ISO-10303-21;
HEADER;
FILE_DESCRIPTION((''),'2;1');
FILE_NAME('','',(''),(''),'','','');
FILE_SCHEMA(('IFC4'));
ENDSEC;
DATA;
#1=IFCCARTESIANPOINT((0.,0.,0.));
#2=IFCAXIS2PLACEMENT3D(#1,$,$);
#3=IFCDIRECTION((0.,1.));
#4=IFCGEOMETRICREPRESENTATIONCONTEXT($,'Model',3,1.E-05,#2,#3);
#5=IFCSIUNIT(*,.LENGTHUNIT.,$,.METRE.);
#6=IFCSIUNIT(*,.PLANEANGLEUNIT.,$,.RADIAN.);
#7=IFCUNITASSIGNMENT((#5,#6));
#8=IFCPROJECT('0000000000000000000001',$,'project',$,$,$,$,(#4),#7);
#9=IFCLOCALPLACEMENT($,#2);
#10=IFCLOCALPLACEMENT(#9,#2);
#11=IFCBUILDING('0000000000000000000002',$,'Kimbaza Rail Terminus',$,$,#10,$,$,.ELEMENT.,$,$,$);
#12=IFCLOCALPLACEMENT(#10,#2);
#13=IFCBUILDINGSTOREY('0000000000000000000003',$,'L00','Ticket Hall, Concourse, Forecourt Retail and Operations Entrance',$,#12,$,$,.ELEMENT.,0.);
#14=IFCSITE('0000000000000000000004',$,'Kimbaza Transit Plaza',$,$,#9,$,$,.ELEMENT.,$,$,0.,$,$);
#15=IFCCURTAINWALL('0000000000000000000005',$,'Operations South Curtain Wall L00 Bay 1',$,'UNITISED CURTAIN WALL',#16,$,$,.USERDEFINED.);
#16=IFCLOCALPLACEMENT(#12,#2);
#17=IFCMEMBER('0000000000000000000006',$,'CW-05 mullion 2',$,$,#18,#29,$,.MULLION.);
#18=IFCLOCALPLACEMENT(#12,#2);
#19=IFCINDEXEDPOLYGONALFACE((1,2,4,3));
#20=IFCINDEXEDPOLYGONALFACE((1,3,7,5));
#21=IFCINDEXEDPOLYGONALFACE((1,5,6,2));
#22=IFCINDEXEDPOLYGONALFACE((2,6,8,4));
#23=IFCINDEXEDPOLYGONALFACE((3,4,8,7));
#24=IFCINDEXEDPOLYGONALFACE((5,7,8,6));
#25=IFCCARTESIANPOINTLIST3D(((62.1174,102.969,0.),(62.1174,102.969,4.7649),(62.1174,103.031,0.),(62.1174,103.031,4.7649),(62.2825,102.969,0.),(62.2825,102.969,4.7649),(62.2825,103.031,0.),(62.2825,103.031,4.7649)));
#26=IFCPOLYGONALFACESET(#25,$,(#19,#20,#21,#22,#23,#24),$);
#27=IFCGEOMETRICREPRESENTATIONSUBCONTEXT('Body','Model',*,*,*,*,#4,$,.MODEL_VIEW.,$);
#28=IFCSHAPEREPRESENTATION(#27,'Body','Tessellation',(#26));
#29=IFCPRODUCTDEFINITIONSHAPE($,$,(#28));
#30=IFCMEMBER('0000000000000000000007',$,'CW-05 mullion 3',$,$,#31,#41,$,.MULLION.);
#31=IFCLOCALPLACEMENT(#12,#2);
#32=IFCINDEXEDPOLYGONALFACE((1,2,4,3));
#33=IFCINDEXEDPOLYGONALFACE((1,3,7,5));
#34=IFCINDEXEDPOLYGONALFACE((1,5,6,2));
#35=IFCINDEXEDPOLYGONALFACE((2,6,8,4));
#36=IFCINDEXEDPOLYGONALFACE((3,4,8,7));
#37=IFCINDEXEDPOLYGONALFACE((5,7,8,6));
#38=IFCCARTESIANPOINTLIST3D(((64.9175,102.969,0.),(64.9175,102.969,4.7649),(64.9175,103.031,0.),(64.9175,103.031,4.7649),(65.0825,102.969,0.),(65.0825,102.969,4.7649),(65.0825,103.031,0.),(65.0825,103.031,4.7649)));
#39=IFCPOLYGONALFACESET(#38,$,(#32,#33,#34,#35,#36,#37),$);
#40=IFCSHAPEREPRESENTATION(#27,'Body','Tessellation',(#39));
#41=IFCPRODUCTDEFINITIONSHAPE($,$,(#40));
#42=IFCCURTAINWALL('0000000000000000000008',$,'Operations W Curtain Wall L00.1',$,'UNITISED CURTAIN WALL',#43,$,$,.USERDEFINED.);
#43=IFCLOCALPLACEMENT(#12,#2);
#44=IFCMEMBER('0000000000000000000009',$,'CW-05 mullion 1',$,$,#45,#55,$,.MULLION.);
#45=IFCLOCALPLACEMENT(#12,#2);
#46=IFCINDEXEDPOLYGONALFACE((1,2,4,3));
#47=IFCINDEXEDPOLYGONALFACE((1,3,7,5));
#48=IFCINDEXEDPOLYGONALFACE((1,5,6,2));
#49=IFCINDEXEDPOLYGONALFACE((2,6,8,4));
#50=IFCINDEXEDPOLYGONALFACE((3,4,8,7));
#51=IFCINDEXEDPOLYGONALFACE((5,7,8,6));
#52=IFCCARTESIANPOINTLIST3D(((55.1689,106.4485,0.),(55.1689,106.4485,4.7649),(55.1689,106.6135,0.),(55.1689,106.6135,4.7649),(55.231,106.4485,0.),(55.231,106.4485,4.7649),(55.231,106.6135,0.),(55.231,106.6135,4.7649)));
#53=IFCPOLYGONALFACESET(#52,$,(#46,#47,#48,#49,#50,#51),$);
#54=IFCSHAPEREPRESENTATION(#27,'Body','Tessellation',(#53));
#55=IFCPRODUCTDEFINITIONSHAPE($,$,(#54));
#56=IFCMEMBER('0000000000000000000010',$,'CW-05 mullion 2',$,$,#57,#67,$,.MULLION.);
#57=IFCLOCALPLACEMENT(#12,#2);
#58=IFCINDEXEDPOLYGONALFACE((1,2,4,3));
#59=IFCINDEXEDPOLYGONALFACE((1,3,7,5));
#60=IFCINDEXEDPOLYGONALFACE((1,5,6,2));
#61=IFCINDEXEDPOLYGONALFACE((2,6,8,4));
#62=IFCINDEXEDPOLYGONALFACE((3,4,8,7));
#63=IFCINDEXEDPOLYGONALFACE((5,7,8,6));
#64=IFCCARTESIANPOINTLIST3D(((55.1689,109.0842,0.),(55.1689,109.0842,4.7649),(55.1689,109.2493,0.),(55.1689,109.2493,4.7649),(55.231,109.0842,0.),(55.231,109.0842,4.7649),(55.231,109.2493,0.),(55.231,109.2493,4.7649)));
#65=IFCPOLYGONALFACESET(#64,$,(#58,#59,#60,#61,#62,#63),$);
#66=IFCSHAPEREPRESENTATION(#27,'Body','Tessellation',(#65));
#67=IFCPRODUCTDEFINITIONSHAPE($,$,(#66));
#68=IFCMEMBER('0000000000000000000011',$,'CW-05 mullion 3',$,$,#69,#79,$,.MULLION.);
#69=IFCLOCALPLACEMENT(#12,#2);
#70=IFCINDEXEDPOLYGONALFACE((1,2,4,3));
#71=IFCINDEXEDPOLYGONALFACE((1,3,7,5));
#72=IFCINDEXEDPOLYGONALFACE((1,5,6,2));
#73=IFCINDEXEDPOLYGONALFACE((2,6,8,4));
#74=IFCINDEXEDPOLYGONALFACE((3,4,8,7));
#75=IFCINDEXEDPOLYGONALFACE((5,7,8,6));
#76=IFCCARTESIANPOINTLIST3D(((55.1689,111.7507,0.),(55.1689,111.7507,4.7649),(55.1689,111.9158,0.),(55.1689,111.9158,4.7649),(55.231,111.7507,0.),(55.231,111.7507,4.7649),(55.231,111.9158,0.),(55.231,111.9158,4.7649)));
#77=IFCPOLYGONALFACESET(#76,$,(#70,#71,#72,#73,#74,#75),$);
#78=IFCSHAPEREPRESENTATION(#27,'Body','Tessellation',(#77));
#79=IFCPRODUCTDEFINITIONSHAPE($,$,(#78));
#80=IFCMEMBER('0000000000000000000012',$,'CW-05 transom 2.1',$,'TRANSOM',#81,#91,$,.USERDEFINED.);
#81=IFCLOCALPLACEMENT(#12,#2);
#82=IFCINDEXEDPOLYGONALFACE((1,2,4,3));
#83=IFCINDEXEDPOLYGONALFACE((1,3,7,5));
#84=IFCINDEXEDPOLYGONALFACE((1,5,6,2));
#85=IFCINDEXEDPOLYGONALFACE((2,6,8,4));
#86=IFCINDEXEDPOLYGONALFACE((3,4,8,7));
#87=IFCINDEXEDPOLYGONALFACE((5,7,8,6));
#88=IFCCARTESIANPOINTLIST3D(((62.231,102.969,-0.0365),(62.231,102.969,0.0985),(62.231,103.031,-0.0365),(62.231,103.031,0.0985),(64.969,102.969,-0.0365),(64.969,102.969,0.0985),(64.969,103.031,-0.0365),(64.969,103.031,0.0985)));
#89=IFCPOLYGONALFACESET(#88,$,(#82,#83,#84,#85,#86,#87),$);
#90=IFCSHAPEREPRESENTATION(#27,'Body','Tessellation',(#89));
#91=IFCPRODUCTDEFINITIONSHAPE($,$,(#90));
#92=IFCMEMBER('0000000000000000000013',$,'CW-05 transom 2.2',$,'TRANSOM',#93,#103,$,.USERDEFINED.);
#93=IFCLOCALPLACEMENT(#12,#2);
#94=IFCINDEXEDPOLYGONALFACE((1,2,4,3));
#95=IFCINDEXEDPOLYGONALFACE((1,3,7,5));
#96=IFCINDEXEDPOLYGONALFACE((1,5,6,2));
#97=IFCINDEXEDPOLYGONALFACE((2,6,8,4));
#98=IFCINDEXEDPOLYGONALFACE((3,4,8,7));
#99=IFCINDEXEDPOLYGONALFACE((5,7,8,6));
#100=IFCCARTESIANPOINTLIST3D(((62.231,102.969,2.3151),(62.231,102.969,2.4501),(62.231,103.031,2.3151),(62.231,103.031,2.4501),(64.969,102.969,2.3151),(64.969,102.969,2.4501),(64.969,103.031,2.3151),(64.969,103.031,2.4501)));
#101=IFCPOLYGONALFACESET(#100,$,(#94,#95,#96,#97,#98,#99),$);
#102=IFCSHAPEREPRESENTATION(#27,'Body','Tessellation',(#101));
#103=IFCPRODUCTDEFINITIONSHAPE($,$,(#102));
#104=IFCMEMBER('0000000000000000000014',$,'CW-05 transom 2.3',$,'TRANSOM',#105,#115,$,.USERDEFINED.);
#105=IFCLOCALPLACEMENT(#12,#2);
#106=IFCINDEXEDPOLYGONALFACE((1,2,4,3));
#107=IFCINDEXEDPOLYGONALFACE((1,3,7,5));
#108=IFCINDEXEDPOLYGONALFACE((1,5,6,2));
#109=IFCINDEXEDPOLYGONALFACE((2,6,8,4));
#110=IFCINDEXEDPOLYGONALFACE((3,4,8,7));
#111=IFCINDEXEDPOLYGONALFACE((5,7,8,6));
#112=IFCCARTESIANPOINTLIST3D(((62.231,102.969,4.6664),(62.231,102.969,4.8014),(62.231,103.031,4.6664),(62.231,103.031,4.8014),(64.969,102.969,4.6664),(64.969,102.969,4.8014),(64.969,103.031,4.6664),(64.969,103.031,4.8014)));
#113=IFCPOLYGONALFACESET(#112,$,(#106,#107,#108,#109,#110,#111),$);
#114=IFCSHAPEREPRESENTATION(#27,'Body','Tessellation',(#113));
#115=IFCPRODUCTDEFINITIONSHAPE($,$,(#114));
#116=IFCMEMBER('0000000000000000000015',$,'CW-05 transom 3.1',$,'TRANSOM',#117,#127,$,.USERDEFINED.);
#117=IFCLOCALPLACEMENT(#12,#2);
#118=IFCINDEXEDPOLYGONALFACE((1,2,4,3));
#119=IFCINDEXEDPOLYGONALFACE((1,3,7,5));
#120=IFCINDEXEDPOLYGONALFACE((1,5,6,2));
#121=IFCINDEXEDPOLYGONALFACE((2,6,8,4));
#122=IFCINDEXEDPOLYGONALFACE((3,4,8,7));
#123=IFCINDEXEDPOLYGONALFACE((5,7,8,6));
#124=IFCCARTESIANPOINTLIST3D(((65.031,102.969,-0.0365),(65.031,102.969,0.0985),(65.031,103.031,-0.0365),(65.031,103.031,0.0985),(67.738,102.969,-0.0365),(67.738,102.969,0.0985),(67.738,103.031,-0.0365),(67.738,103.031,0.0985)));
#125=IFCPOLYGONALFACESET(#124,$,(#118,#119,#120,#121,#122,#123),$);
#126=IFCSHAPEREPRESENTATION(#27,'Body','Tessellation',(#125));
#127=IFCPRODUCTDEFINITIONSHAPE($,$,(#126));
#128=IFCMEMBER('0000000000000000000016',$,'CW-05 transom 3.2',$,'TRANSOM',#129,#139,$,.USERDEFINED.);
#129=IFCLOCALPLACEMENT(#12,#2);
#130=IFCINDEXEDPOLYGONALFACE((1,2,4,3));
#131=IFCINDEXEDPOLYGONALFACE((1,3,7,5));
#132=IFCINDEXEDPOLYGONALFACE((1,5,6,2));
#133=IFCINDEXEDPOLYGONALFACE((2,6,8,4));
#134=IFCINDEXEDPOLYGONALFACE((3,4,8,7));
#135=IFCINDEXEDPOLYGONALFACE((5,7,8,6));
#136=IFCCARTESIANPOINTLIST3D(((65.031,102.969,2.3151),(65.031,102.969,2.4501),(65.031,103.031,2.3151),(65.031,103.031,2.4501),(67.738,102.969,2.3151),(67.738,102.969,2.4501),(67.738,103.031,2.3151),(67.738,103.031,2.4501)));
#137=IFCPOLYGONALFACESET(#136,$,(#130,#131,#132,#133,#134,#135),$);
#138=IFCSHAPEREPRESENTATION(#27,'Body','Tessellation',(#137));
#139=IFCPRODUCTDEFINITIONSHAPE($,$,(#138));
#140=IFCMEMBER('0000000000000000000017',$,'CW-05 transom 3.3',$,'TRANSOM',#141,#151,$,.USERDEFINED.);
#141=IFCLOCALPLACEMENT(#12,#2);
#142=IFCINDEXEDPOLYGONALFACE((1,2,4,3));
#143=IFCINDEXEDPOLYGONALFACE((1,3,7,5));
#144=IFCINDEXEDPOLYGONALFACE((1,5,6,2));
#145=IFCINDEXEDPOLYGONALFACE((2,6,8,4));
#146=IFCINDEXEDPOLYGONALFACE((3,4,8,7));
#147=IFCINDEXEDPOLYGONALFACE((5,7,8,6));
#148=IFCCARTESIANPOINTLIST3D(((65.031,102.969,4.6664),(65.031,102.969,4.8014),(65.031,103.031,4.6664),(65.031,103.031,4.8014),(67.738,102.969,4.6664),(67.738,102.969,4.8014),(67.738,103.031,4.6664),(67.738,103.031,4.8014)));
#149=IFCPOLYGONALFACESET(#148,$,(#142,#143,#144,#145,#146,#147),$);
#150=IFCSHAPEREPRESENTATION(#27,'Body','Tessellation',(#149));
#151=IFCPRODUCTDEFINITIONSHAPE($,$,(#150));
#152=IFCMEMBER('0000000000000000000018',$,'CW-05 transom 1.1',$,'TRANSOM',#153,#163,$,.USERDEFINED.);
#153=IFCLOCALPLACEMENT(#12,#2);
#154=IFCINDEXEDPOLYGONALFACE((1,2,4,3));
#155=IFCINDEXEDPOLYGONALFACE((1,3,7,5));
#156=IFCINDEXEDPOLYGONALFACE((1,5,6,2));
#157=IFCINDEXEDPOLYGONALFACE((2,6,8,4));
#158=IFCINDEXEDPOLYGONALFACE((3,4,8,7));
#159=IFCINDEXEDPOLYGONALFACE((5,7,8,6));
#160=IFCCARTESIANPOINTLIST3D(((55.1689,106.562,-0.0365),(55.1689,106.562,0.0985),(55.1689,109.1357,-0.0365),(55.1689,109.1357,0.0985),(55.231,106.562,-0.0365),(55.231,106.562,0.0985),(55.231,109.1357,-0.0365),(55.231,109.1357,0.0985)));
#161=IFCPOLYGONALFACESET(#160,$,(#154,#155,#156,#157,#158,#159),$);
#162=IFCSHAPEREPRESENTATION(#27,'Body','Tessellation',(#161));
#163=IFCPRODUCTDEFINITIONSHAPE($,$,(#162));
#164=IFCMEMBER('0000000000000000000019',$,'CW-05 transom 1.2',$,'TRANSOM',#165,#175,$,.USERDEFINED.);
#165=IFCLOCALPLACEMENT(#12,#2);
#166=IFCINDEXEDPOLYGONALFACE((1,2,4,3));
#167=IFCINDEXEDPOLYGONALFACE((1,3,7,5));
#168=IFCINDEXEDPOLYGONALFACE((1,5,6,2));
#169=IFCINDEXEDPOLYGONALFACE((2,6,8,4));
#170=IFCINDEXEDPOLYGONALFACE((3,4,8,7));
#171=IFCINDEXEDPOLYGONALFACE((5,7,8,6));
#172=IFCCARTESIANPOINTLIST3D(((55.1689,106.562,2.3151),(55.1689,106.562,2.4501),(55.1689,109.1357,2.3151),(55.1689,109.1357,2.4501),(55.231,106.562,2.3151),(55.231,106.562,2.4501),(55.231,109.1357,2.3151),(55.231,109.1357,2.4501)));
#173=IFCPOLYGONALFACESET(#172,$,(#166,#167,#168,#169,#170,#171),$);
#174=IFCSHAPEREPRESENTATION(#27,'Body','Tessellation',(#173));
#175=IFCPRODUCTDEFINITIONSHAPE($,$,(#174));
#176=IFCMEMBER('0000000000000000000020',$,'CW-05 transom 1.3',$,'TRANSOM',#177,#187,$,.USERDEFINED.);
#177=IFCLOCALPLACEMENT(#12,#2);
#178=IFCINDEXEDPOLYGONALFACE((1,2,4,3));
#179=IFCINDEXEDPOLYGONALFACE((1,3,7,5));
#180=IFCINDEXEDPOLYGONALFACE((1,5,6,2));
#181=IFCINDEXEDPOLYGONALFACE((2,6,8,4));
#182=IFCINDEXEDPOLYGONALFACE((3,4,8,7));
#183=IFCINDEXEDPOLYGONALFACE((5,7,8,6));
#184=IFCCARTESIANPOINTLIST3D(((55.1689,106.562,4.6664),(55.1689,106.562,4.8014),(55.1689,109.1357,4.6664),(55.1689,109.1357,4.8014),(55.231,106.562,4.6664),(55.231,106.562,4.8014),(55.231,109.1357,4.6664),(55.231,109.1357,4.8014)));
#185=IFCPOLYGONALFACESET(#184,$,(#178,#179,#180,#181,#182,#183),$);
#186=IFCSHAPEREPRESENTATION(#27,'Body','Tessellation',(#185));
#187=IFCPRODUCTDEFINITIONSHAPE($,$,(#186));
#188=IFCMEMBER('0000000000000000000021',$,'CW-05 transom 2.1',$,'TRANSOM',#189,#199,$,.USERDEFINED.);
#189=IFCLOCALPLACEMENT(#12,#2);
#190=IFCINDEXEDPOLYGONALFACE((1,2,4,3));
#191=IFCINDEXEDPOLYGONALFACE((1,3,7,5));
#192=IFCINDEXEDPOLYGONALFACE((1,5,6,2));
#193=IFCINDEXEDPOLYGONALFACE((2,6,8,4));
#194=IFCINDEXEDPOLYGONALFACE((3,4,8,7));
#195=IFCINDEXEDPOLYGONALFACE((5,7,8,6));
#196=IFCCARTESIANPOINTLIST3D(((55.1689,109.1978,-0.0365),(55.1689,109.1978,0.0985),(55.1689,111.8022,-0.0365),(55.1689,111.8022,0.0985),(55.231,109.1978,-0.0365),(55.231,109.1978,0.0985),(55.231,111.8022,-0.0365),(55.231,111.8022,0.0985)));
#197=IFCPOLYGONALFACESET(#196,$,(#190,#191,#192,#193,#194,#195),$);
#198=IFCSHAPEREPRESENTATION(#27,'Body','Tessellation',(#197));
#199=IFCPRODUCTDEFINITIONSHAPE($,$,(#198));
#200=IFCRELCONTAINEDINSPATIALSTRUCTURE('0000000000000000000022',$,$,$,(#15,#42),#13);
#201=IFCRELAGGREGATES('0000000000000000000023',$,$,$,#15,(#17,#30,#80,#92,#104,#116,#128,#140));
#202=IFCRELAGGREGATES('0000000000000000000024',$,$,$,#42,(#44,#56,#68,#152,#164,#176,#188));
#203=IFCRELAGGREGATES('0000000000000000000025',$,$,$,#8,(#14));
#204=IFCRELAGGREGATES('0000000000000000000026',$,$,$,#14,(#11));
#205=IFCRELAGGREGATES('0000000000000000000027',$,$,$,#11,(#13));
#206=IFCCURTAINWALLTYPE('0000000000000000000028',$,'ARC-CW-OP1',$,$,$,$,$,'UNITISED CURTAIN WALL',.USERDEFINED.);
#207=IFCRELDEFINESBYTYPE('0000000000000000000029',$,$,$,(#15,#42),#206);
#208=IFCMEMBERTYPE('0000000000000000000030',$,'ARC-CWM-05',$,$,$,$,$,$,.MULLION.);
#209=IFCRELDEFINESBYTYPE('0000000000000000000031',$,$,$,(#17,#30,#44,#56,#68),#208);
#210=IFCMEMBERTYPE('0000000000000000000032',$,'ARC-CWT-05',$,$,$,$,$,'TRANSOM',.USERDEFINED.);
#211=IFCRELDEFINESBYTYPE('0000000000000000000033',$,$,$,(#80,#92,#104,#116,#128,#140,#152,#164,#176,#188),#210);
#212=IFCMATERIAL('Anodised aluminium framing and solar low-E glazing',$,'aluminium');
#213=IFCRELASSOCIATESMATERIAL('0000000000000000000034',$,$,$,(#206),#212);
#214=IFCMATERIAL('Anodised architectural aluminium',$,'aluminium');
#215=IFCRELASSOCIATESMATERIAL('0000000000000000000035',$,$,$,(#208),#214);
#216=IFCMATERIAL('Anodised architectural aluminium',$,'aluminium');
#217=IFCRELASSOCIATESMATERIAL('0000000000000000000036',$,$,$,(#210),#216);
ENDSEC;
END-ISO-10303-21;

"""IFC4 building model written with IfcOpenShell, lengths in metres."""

from ifc_helpers import new_model, si_unit, direction, frame, origin, origin_2d, place, context, subcontext, project, spatial, rectangle, extrude, material, material_profile, profile_set, type_object, element, aggregate, save


model = new_model("IFC4")

# Units and contexts
model_context = context("Model", 3, precision=1e-05, world=origin(), true_north=direction((0.0, 1.0)))
body_context = subcontext(model_context, "Body", "Model", "MODEL_VIEW")
ifc_project = project(units=[si_unit("LENGTHUNIT", "METRE"), si_unit("PLANEANGLEUNIT", "RADIAN")], contexts=[model_context])

# Site, building, storey
site_placement = place(None, origin())
site = spatial("IfcSite", under=ifc_project, at=site_placement, Name="Kimbaza Transit Plaza", CompositionType="ELEMENT", RefElevation=0.0)
building_placement = place(site_placement, origin())
building = spatial("IfcBuilding", under=site, at=building_placement, Name="Kimbaza Rail Terminus", CompositionType="ELEMENT")
storey_placement = place(building_placement, origin())
storey = spatial("IfcBuildingStorey", under=building, at=storey_placement, Name="L00", Description="Ticket Hall, Concourse, Forecourt Retail and Operations Entrance", CompositionType="ELEMENT", Elevation=0.0)

# Curtain walls, members
ifc_material_1 = material(Name="Anodised aluminium framing and solar low-E glazing", Category="aluminium")
curtain_wall_type = type_object("IfcCurtainWallType", Name="ARC-CW-OP1", ElementType="UNITISED CURTAIN WALL", PredefinedType="USERDEFINED", material=ifc_material_1)
curtain_wall_1_placement = place(storey_placement, origin())
curtain_wall_1 = element("IfcCurtainWall", 1, at=curtain_wall_1_placement, inside=storey, type_object=curtain_wall_type, Name="Operations South Curtain Wall L00 Bay 1", ObjectType="UNITISED CURTAIN WALL", PredefinedType="USERDEFINED")
ifc_material_2 = material(Name="Anodised architectural aluminium", Category="aluminium")
ifc_material_profile_1 = material_profile(ifc_material_2, rectangle(XDim=0.062, YDim=0.165, at=origin_2d()), Name="MULLION 62x165")
ifc_profile_set_1 = profile_set([ifc_material_profile_1], Name="Anodised architectural aluminium")
member_type_1 = type_object("IfcMemberType", Name="ARC-CWM-05", PredefinedType="MULLION", material=ifc_profile_set_1)
member_1_placement = place(storey_placement, frame((62.2, 103.0, 0.0), z_axis=(0.0, 0.0, 1.0), x_axis=(0.0, 1.0, 0.0)))
member_1 = element("IfcMember", 2, at=member_1_placement, type_object=member_type_1, Name="CW-05 mullion 2", PredefinedType="MULLION", context=body_context, shape_type="SweptSolid", body=[
    extrude(rectangle(XDim=0.062, YDim=0.165, at=origin_2d()), origin(), (0.0, 0.0, 1.0), 4.7649),
])
member_2_placement = place(storey_placement, frame((65.0, 103.0, 0.0), z_axis=(0.0, 0.0, 1.0), x_axis=(0.0, 1.0, 0.0)))
member_2 = element("IfcMember", 3, at=member_2_placement, type_object=member_type_1, Name="CW-05 mullion 3", PredefinedType="MULLION", context=body_context, shape_type="SweptSolid", body=[
    extrude(rectangle(XDim=0.062, YDim=0.165, at=origin_2d()), origin(), (0.0, 0.0, 1.0), 4.7649),
])
curtain_wall_2_placement = place(storey_placement, origin())
curtain_wall_2 = element("IfcCurtainWall", 4, at=curtain_wall_2_placement, inside=storey, type_object=curtain_wall_type, Name="Operations W Curtain Wall L00.1", ObjectType="UNITISED CURTAIN WALL", PredefinedType="USERDEFINED")
member_3_placement = place(storey_placement, frame((55.2, 106.531, 0.0), z_axis=(0.0, 0.0, 1.0), x_axis=(-1.0, 0.0, 0.0)))
member_3 = element("IfcMember", 5, at=member_3_placement, type_object=member_type_1, Name="CW-05 mullion 1", PredefinedType="MULLION", context=body_context, shape_type="SweptSolid", body=[
    extrude(rectangle(XDim=0.062, YDim=0.165, at=origin_2d()), origin(), (0.0, 0.0, 1.0), 4.7649),
])
member_4_placement = place(storey_placement, frame((55.2, 109.1667, 0.0), z_axis=(0.0, 0.0, 1.0), x_axis=(-1.0, 0.0, 0.0)))
member_4 = element("IfcMember", 6, at=member_4_placement, type_object=member_type_1, Name="CW-05 mullion 2", PredefinedType="MULLION", context=body_context, shape_type="SweptSolid", body=[
    extrude(rectangle(XDim=0.062, YDim=0.165, at=origin_2d()), origin(), (0.0, 0.0, 1.0), 4.7649),
])
member_5_placement = place(storey_placement, frame((55.2, 111.8333, 0.0), z_axis=(0.0, 0.0, 1.0), x_axis=(-1.0, 0.0, 0.0)))
member_5 = element("IfcMember", 7, at=member_5_placement, type_object=member_type_1, Name="CW-05 mullion 3", PredefinedType="MULLION", context=body_context, shape_type="SweptSolid", body=[
    extrude(rectangle(XDim=0.062, YDim=0.165, at=origin_2d()), origin(), (0.0, 0.0, 1.0), 4.7649),
])

# Members
ifc_material_3 = material(Name="Anodised architectural aluminium", Category="aluminium")
ifc_material_profile_2 = material_profile(ifc_material_3, rectangle(XDim=0.062, YDim=0.135, at=origin_2d()), Name="TRANSOM 62x135")
ifc_profile_set_2 = profile_set([ifc_material_profile_2], Name="Anodised architectural aluminium")
member_type_2 = type_object("IfcMemberType", Name="ARC-CWT-05", ElementType="TRANSOM", PredefinedType="USERDEFINED", material=ifc_profile_set_2)
member_6_placement = place(storey_placement, frame((62.231, 103.0, 0.031), z_axis=(1.0, 0.0, 0.0), x_axis=(0.0, 1.0, 0.0)))
member_6 = element("IfcMember", 8, at=member_6_placement, type_object=member_type_2, Name="CW-05 transom 2.1", ObjectType="TRANSOM", PredefinedType="USERDEFINED", context=body_context, shape_type="SweptSolid", body=[
    extrude(rectangle(XDim=0.062, YDim=0.135, at=origin_2d()), origin(), (0.0, 0.0, 1.0), 2.738),
])
member_7_placement = place(storey_placement, frame((62.231, 103.0, 2.3826), z_axis=(1.0, 0.0, 0.0), x_axis=(0.0, 1.0, 0.0)))
member_7 = element("IfcMember", 9, at=member_7_placement, type_object=member_type_2, Name="CW-05 transom 2.2", ObjectType="TRANSOM", PredefinedType="USERDEFINED", context=body_context, shape_type="SweptSolid", body=[
    extrude(rectangle(XDim=0.062, YDim=0.135, at=origin_2d()), origin(), (0.0, 0.0, 1.0), 2.738),
])
member_8_placement = place(storey_placement, frame((62.231, 103.0, 4.7339), z_axis=(1.0, 0.0, 0.0), x_axis=(0.0, 1.0, 0.0)))
member_8 = element("IfcMember", 10, at=member_8_placement, type_object=member_type_2, Name="CW-05 transom 2.3", ObjectType="TRANSOM", PredefinedType="USERDEFINED", context=body_context, shape_type="SweptSolid", body=[
    extrude(rectangle(XDim=0.062, YDim=0.135, at=origin_2d()), origin(), (0.0, 0.0, 1.0), 2.738),
])
member_9_placement = place(storey_placement, frame((65.031, 103.0, 0.031), z_axis=(1.0, 0.0, 0.0), x_axis=(0.0, 1.0, 0.0)))
member_9 = element("IfcMember", 11, at=member_9_placement, type_object=member_type_2, Name="CW-05 transom 3.1", ObjectType="TRANSOM", PredefinedType="USERDEFINED", context=body_context, shape_type="SweptSolid", body=[
    extrude(rectangle(XDim=0.062, YDim=0.135, at=origin_2d()), origin(), (0.0, 0.0, 1.0), 2.707),
])
member_10_placement = place(storey_placement, frame((65.031, 103.0, 2.3826), z_axis=(1.0, 0.0, 0.0), x_axis=(0.0, 1.0, 0.0)))
member_10 = element("IfcMember", 12, at=member_10_placement, type_object=member_type_2, Name="CW-05 transom 3.2", ObjectType="TRANSOM", PredefinedType="USERDEFINED", context=body_context, shape_type="SweptSolid", body=[
    extrude(rectangle(XDim=0.062, YDim=0.135, at=origin_2d()), origin(), (0.0, 0.0, 1.0), 2.707),
])
member_11_placement = place(storey_placement, frame((65.031, 103.0, 4.7339), z_axis=(1.0, 0.0, 0.0), x_axis=(0.0, 1.0, 0.0)))
member_11 = element("IfcMember", 13, at=member_11_placement, type_object=member_type_2, Name="CW-05 transom 3.3", ObjectType="TRANSOM", PredefinedType="USERDEFINED", context=body_context, shape_type="SweptSolid", body=[
    extrude(rectangle(XDim=0.062, YDim=0.135, at=origin_2d()), origin(), (0.0, 0.0, 1.0), 2.707),
])
member_12_placement = place(storey_placement, frame((55.2, 106.562, 0.031), z_axis=(0.0, 1.0, 0.0), x_axis=(-1.0, 0.0, 0.0)))
member_12 = element("IfcMember", 14, at=member_12_placement, type_object=member_type_2, Name="CW-05 transom 1.1", ObjectType="TRANSOM", PredefinedType="USERDEFINED", context=body_context, shape_type="SweptSolid", body=[
    extrude(rectangle(XDim=0.062, YDim=0.135, at=origin_2d()), origin(), (0.0, 0.0, 1.0), 2.5737),
])
member_13_placement = place(storey_placement, frame((55.2, 106.562, 2.3826), z_axis=(0.0, 1.0, 0.0), x_axis=(-1.0, 0.0, 0.0)))
member_13 = element("IfcMember", 15, at=member_13_placement, type_object=member_type_2, Name="CW-05 transom 1.2", ObjectType="TRANSOM", PredefinedType="USERDEFINED", context=body_context, shape_type="SweptSolid", body=[
    extrude(rectangle(XDim=0.062, YDim=0.135, at=origin_2d()), origin(), (0.0, 0.0, 1.0), 2.5737),
])
member_14_placement = place(storey_placement, frame((55.2, 106.562, 4.7339), z_axis=(0.0, 1.0, 0.0), x_axis=(-1.0, 0.0, 0.0)))
member_14 = element("IfcMember", 16, at=member_14_placement, type_object=member_type_2, Name="CW-05 transom 1.3", ObjectType="TRANSOM", PredefinedType="USERDEFINED", context=body_context, shape_type="SweptSolid", body=[
    extrude(rectangle(XDim=0.062, YDim=0.135, at=origin_2d()), origin(), (0.0, 0.0, 1.0), 2.5737),
])
member_15_placement = place(storey_placement, frame((55.2, 109.1978, 0.031), z_axis=(0.0, 1.0, 0.0), x_axis=(-1.0, 0.0, 0.0)))
member_15 = element("IfcMember", 17, at=member_15_placement, type_object=member_type_2, Name="CW-05 transom 2.1", ObjectType="TRANSOM", PredefinedType="USERDEFINED", context=body_context, shape_type="SweptSolid", body=[
    extrude(rectangle(XDim=0.062, YDim=0.135, at=origin_2d()), origin(), (0.0, 0.0, 1.0), 2.6045),
])

aggregate(curtain_wall_1, [member_1, member_2, member_6, member_7, member_8, member_9, member_10, member_11])
aggregate(curtain_wall_2, [member_3, member_4, member_5, member_12, member_13, member_14, member_15])

save(model, "model.ifc")
